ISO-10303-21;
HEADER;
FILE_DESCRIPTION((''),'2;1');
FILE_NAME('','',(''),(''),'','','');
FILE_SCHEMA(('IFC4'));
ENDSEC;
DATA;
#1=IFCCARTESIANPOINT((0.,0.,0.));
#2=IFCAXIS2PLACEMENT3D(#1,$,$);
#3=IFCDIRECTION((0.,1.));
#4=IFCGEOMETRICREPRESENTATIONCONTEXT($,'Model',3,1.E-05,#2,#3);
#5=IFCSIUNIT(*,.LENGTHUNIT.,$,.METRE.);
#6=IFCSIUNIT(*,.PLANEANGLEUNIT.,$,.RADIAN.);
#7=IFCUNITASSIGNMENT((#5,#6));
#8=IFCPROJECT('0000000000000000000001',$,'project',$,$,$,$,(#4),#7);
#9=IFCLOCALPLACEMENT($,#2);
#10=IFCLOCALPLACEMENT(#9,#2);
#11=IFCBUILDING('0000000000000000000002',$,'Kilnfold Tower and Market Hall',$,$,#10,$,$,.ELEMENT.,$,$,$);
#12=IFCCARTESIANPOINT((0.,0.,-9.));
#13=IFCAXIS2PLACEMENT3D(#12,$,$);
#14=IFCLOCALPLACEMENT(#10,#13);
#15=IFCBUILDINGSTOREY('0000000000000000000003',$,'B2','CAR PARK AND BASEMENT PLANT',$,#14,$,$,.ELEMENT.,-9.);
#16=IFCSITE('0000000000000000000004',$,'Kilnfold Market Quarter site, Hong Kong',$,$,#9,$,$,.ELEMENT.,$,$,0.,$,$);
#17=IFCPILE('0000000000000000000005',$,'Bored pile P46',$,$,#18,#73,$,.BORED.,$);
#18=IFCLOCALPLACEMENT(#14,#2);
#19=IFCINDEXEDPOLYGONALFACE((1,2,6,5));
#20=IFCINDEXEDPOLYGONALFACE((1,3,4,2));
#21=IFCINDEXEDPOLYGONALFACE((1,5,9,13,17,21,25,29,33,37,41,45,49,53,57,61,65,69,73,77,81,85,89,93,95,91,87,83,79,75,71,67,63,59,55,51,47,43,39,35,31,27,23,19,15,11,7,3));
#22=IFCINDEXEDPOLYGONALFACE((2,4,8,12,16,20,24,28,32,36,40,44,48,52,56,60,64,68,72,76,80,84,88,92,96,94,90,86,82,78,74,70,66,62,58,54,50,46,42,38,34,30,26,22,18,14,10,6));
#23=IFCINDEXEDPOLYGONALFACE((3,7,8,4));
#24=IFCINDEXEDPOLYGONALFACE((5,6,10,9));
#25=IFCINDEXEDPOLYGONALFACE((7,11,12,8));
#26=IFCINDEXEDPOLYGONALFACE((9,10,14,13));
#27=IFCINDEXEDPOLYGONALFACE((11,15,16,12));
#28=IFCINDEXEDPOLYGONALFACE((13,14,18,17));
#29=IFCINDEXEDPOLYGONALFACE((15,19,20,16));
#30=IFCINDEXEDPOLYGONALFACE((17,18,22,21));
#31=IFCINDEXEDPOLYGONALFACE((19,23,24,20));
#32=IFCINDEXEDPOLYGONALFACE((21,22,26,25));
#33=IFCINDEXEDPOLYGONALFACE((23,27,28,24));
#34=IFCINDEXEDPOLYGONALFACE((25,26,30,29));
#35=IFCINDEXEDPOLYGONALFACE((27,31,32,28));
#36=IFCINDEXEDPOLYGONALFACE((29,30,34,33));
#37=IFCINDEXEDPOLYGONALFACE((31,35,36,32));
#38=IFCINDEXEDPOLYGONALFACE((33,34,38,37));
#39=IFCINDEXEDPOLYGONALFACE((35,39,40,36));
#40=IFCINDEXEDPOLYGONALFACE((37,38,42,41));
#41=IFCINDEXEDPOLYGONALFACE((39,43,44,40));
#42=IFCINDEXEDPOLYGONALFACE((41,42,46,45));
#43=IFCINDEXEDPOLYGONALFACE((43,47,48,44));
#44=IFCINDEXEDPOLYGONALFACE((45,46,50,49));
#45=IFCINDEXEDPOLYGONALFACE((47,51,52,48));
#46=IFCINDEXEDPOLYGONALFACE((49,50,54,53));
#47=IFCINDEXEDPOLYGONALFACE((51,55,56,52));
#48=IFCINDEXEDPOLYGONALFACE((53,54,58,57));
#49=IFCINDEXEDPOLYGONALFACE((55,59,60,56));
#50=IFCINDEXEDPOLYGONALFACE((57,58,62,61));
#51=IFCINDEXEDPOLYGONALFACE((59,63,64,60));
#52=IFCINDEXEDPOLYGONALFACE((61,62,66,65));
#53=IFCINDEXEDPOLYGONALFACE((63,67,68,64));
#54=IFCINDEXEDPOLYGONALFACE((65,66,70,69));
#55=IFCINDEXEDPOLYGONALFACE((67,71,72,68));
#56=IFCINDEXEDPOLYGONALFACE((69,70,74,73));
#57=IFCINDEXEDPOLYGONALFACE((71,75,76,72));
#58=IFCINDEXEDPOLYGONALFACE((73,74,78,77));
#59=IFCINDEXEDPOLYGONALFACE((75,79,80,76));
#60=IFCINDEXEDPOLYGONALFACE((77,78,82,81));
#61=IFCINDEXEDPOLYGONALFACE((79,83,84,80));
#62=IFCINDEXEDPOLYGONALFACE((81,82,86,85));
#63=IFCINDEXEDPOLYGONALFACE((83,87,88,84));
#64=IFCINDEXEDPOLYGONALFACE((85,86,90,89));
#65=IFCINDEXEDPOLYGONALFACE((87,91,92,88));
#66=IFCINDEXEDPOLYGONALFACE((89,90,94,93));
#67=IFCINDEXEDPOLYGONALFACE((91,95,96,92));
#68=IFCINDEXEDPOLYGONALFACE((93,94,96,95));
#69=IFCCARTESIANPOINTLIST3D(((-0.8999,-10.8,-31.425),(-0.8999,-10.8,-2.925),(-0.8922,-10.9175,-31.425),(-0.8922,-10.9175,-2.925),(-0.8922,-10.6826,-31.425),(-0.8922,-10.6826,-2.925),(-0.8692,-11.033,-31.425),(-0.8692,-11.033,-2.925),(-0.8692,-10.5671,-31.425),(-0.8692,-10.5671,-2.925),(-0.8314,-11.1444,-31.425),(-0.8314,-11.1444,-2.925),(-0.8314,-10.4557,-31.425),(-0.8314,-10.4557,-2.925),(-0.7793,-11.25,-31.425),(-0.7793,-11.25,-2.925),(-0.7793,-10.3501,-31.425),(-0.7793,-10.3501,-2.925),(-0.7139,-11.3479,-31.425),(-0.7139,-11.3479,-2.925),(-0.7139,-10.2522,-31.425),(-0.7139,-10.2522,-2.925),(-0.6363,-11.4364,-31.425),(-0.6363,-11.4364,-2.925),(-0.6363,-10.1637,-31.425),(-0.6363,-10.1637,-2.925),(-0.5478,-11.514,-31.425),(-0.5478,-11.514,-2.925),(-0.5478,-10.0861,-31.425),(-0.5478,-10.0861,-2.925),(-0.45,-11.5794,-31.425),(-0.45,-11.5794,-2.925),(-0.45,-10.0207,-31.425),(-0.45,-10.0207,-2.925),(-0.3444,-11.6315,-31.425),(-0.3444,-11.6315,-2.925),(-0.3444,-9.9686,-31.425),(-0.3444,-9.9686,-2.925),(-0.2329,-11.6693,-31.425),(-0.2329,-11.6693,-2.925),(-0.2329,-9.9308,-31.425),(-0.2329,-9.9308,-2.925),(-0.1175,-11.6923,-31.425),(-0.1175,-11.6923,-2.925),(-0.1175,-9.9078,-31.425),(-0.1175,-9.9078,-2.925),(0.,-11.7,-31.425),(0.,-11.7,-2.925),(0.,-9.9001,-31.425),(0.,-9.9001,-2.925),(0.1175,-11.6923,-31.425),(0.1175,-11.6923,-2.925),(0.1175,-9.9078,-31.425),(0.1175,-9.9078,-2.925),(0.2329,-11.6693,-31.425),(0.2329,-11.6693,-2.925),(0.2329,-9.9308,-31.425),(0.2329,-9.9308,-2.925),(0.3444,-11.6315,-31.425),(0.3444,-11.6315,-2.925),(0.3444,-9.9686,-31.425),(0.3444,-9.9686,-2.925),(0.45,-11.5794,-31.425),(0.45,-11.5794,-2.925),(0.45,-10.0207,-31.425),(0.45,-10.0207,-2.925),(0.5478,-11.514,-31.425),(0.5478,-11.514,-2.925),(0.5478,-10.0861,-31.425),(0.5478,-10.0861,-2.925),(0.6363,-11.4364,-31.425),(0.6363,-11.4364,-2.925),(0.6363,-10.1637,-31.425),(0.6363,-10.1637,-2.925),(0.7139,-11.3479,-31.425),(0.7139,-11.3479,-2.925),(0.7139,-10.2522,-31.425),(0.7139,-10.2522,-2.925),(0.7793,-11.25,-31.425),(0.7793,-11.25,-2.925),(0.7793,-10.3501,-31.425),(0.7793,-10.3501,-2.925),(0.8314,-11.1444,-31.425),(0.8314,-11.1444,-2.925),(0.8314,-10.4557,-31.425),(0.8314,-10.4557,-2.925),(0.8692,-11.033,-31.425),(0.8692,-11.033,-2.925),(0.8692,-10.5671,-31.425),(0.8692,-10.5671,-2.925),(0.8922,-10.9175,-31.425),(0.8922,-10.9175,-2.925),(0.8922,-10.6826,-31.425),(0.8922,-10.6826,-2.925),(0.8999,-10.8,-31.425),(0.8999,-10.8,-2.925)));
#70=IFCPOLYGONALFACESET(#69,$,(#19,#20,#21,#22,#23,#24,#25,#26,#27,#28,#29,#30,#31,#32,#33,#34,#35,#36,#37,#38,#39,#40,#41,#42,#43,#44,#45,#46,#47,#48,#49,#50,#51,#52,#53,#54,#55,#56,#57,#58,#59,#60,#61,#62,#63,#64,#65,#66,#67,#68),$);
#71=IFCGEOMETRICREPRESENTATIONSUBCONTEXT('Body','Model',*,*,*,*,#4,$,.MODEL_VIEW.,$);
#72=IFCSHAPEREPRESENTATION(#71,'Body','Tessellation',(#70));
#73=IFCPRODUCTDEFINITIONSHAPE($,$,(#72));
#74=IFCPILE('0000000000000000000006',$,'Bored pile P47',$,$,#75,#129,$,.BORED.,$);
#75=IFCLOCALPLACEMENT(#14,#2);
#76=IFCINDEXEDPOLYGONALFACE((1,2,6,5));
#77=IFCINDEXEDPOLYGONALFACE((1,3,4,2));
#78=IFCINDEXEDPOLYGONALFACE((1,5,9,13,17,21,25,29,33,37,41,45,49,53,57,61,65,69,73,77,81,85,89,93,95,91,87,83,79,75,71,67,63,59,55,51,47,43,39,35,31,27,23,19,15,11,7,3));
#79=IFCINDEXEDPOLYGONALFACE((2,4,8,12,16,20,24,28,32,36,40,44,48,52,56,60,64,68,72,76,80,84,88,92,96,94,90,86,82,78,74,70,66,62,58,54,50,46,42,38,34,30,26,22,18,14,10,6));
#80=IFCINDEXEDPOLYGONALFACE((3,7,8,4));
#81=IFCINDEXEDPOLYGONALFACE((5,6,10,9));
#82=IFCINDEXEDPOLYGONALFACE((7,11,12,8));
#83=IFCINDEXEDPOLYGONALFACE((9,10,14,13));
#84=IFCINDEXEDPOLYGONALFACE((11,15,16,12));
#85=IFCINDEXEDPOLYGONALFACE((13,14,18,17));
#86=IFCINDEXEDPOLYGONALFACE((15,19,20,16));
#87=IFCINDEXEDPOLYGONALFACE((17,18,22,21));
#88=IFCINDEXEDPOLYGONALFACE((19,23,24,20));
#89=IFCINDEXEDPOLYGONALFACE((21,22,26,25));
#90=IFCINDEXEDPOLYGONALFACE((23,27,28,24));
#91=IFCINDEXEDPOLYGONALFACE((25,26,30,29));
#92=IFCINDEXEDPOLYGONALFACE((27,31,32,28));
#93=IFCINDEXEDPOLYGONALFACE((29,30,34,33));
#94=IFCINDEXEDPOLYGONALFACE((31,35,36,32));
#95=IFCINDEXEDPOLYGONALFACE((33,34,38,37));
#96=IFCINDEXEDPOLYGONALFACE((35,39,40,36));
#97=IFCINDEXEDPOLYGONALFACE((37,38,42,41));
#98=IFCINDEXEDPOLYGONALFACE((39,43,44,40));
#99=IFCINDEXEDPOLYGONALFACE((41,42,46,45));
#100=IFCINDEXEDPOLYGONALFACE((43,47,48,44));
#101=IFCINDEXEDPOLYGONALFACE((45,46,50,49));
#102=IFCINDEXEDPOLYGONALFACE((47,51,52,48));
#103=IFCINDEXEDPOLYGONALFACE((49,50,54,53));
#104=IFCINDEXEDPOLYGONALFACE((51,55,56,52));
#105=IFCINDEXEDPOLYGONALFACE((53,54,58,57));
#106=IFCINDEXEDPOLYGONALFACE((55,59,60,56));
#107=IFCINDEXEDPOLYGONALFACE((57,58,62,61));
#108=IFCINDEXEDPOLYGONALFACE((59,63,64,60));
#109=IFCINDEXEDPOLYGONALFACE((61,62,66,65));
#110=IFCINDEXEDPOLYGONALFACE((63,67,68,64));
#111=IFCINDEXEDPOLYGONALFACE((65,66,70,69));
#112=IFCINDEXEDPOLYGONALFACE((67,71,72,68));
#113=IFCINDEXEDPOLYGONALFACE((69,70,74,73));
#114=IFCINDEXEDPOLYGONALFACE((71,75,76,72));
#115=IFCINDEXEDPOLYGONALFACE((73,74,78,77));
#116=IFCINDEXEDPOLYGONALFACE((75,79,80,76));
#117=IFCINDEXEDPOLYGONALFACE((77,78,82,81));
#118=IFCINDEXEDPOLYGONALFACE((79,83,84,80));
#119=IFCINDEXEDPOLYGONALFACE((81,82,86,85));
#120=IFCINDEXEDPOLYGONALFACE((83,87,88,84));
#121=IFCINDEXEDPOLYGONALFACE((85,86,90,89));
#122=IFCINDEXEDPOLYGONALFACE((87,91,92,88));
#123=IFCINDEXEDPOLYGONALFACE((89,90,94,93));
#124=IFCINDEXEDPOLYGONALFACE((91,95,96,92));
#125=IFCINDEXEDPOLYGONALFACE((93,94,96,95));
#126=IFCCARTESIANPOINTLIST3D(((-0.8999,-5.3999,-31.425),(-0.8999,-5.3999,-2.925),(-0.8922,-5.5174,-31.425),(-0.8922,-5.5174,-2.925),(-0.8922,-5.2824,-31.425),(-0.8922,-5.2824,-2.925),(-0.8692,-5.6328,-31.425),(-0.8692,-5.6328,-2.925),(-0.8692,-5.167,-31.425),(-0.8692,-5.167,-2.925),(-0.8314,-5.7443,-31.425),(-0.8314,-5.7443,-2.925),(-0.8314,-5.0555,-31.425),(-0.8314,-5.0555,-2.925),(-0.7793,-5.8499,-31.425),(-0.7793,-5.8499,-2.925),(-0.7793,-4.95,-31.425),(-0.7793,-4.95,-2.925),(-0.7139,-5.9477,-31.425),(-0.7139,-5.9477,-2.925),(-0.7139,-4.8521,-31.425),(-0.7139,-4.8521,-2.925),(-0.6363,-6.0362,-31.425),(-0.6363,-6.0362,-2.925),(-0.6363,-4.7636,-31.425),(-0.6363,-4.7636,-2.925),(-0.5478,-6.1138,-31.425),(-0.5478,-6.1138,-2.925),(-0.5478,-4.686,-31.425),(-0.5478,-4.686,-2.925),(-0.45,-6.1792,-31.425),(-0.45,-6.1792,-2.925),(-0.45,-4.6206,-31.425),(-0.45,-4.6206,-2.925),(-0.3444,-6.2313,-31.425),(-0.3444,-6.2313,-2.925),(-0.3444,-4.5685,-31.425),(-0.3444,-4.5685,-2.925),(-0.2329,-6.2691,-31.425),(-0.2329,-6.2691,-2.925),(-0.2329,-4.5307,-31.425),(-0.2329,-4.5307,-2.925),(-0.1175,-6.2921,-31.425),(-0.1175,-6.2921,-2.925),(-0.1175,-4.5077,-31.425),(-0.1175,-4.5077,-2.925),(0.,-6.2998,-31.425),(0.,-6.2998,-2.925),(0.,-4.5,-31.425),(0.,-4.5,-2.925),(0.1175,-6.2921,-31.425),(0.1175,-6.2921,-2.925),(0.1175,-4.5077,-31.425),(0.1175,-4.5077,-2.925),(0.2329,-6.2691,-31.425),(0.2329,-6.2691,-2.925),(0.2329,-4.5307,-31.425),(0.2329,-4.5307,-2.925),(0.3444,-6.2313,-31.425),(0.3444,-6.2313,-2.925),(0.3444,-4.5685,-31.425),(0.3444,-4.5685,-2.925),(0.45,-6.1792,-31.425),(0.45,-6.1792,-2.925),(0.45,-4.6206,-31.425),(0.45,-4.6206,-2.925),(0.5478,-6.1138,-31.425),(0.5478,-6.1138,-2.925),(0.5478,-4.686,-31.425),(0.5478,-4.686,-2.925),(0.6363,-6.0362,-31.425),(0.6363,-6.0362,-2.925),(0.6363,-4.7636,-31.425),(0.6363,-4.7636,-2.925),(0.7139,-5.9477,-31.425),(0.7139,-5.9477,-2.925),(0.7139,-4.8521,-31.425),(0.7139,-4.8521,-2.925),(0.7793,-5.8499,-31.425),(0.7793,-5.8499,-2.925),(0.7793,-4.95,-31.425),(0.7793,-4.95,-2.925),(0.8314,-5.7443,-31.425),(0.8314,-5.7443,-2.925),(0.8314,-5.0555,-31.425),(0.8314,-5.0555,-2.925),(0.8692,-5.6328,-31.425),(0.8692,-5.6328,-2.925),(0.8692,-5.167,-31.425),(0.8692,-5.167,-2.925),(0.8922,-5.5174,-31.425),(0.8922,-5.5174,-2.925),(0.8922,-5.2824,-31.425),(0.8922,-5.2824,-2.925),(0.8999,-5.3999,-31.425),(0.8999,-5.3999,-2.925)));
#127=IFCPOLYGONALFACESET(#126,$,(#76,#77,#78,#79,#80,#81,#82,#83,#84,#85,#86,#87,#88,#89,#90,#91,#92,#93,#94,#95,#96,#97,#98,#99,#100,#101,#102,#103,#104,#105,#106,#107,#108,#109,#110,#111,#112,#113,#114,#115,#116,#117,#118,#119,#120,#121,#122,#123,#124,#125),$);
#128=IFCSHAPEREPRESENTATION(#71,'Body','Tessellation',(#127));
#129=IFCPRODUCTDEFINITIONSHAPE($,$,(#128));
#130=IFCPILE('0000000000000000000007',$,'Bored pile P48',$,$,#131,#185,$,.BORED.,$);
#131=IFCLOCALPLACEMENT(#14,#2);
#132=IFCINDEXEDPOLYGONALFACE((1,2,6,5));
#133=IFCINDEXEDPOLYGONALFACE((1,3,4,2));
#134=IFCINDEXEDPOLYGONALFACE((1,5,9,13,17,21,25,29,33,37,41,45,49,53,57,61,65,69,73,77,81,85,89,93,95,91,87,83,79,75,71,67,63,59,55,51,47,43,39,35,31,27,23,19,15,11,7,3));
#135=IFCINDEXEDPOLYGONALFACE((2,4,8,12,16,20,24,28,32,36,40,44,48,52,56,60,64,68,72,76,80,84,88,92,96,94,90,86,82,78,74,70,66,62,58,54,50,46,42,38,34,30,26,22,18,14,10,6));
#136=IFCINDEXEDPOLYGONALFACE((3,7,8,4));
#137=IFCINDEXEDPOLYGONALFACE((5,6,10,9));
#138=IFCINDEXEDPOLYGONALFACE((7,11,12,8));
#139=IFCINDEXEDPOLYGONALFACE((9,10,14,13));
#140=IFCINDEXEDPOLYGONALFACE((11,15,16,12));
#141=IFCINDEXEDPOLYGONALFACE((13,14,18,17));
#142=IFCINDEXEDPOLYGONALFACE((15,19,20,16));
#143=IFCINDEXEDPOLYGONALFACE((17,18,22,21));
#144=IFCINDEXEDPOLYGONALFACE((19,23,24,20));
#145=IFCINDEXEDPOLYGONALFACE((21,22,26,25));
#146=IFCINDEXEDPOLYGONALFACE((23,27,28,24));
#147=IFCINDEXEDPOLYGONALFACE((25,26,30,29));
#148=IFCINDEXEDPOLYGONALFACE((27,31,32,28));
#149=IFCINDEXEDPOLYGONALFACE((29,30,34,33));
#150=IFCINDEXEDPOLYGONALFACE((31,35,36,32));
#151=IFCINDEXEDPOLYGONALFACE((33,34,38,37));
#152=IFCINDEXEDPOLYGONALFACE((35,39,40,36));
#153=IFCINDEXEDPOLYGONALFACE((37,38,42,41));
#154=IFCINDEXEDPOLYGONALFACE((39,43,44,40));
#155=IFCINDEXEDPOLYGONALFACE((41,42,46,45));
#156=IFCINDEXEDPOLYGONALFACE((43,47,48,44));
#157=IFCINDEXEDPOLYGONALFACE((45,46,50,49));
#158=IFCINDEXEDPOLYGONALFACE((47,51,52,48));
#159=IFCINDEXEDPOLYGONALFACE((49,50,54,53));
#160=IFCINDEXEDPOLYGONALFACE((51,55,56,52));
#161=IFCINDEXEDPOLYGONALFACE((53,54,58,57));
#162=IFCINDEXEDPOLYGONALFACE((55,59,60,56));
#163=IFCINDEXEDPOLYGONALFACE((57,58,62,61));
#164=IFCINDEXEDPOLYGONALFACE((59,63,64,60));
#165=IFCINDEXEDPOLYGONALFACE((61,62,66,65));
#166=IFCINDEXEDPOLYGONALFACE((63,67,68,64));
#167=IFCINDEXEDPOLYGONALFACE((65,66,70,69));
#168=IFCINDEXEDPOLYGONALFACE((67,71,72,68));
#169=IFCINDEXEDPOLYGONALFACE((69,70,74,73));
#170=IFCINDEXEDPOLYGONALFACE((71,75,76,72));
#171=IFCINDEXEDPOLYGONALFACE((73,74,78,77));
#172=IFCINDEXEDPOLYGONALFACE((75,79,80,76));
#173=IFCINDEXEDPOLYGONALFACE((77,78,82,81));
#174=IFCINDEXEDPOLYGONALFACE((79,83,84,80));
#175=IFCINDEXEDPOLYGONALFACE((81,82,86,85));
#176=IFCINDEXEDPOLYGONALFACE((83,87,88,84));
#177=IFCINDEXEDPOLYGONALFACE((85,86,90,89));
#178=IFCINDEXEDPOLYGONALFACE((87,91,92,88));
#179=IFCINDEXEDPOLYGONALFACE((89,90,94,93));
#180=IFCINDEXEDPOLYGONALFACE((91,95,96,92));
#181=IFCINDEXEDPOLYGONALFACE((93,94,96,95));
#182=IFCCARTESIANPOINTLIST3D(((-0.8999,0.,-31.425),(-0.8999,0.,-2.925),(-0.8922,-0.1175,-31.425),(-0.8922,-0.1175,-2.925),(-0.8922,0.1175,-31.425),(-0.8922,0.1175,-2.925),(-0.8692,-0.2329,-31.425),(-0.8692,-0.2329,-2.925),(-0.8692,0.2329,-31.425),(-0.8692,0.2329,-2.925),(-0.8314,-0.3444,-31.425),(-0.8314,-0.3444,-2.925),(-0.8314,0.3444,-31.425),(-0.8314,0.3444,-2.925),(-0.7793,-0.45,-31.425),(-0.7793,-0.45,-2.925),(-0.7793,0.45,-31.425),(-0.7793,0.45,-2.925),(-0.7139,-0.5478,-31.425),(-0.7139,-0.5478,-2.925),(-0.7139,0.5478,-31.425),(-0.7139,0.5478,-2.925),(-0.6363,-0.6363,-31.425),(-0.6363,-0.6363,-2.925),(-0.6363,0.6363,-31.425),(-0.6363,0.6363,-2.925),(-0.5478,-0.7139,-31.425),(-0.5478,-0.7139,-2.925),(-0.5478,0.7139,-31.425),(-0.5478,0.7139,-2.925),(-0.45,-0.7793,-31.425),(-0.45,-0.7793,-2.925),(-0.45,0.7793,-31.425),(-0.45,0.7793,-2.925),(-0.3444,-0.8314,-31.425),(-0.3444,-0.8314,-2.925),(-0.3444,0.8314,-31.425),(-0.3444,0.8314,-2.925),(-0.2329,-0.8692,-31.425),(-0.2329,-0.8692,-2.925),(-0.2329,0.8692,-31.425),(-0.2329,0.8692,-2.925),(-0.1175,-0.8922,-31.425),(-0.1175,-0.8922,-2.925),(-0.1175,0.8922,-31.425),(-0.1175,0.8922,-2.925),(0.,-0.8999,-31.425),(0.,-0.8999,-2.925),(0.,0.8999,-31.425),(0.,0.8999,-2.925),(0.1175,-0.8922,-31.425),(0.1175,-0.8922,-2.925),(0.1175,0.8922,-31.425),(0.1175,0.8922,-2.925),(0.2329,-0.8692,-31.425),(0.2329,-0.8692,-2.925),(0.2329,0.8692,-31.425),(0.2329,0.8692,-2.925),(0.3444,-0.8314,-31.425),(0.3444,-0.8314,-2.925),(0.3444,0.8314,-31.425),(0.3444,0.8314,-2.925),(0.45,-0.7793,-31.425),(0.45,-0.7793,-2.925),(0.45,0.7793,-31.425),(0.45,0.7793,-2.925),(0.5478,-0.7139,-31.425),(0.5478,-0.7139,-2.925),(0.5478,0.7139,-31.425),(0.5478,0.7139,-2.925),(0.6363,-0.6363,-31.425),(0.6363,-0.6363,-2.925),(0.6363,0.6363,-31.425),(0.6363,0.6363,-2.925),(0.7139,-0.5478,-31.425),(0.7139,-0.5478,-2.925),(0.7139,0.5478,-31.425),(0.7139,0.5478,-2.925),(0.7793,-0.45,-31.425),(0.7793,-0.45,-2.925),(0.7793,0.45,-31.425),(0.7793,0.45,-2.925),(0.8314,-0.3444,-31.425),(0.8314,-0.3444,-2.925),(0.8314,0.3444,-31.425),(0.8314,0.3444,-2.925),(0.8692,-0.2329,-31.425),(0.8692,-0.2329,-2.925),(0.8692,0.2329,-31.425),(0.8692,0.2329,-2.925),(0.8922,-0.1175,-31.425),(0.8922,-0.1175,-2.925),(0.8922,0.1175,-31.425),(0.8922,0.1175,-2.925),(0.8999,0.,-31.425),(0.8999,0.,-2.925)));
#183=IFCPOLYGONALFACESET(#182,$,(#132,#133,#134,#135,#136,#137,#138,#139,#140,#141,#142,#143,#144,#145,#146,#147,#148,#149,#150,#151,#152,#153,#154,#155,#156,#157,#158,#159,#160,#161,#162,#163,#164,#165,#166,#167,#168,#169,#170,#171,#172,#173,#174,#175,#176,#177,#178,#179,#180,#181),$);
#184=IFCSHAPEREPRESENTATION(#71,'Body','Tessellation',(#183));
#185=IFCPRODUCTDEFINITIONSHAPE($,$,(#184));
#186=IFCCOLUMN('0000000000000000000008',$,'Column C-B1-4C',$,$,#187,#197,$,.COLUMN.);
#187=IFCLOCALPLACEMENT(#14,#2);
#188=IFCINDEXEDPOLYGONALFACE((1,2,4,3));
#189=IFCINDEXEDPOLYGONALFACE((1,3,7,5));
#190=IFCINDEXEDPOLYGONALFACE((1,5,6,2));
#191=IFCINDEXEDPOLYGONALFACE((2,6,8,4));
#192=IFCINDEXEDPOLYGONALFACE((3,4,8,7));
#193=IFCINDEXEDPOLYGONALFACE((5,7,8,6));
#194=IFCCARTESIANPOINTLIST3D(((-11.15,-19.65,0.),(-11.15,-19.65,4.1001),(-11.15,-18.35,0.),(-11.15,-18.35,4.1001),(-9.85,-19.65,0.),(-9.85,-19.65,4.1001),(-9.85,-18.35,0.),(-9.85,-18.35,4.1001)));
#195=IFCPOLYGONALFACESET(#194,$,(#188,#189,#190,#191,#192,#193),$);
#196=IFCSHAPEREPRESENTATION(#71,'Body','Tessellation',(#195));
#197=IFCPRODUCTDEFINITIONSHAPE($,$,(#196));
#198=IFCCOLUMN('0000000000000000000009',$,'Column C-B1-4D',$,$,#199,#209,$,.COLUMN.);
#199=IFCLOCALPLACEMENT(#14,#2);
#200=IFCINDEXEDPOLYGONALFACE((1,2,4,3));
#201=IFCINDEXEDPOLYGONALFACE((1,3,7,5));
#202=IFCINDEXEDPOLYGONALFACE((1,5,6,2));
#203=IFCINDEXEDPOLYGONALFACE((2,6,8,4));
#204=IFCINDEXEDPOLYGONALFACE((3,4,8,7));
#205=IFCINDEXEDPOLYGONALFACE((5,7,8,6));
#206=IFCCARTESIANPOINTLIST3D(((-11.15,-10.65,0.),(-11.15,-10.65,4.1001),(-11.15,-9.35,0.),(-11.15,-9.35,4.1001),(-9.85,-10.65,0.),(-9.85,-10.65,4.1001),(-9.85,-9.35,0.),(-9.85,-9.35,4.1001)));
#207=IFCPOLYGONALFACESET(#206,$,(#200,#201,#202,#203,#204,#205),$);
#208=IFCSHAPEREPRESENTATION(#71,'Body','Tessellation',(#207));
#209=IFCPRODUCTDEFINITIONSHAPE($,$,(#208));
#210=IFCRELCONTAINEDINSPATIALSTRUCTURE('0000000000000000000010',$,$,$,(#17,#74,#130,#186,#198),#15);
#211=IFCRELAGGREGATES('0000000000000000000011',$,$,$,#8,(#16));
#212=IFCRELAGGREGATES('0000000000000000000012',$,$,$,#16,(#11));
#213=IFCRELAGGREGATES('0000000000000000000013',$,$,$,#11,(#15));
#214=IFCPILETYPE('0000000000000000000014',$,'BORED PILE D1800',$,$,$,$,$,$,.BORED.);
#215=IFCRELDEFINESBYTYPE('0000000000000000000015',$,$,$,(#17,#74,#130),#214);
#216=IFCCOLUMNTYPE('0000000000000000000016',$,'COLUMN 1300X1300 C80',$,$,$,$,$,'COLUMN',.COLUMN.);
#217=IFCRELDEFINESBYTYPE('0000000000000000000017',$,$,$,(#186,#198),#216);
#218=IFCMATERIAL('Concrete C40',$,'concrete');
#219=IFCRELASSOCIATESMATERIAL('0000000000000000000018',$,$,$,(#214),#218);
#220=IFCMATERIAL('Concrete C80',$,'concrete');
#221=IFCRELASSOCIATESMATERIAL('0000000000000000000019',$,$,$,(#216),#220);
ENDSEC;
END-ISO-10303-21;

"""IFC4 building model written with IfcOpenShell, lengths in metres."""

from ifc_helpers import new_model, si_unit, direction, frame, origin, origin_2d, place, context, subcontext, project, spatial, rectangle, circle, extrude, source, transform, mapped, material, material_profile, profile_set, type_object, element, save


model = new_model("IFC4")

# Units and contexts
model_context = context("Model", 3, precision=1e-05, world=origin(), true_north=direction((0.0, 1.0)))
body_context = subcontext(model_context, "Body", "Model", "MODEL_VIEW")
ifc_project = project(units=[si_unit("LENGTHUNIT", "METRE"), si_unit("PLANEANGLEUNIT", "RADIAN")], contexts=[model_context])

# Site, building, storey
site_placement = place(None, origin())
site = spatial("IfcSite", under=ifc_project, at=site_placement, Name="Kilnfold Market Quarter site, Hong Kong", CompositionType="ELEMENT", RefElevation=0.0)
building_placement = place(site_placement, origin())
building = spatial("IfcBuilding", under=site, at=building_placement, Name="Kilnfold Tower and Market Hall", CompositionType="ELEMENT")
storey_placement = place(building_placement, frame((0.0, 0.0, -9.0)))
storey = spatial("IfcBuildingStorey", under=building, at=storey_placement, Name="B2", Description="CAR PARK AND BASEMENT PLANT", CompositionType="ELEMENT", Elevation=-9.0)

# Piles
ifc_material_1 = material(Name="Concrete C40", Category="concrete")
ifc_material_profile_1 = material_profile(ifc_material_1, circle(Radius=0.8999, at=origin_2d()), Name="RC D1800")
ifc_profile_set_1 = profile_set([ifc_material_profile_1], Name="Concrete C40")
pile_type = type_object("IfcPileType", Name="BORED PILE D1800", PredefinedType="BORED", material=ifc_profile_set_1)
shared_shape_1 = source(origin(), body_context, "Body", "SweptSolid", [
    extrude(circle(Radius=0.8999, at=origin_2d()), origin(), (0.0, 0.0, 1.0), 28.5),
])
for number, where, z_axis, x_axis, name in (
    (1, (0.0, -10.8, -2.925), (0.0, 0.0, -1.0), (1.0, 0.0, 0.0), "Bored pile P46"),
    (2, (0.0, -5.3999, -2.925), (0.0, 0.0, -1.0), (1.0, 0.0, 0.0), "Bored pile P47"),
    (3, (0.0, 0.0, -2.925), (0.0, 0.0, -1.0), (1.0, 0.0, 0.0), "Bored pile P48"),
):
    element("IfcPile", number, at=place(storey_placement, frame(where, z_axis=z_axis, x_axis=x_axis)), inside=storey, type_object=pile_type, Name=name, PredefinedType="BORED", context=body_context, shape_type="MappedRepresentation", body=[
        mapped(shared_shape_1, transform((0.0, 0.0, 0.0))),
    ])

# Columns
ifc_material_2 = material(Name="Concrete C80", Category="concrete")
ifc_material_profile_2 = material_profile(ifc_material_2, rectangle(XDim=1.3, YDim=1.3, at=origin_2d()), Name="RC 1300x1300")
ifc_profile_set_2 = profile_set([ifc_material_profile_2], Name="Concrete C80")
column_type = type_object("IfcColumnType", Name="COLUMN 1300X1300 C80", ElementType="COLUMN", PredefinedType="COLUMN", material=ifc_profile_set_2)
shared_shape_2 = source(origin(), body_context, "Body", "SweptSolid", [
    extrude(rectangle(XDim=1.3, YDim=1.3, at=origin_2d()), origin(), (0.0, 0.0, 1.0), 4.1001),
])
for number, where, z_axis, x_axis, name in (
    (4, (-10.5, -19.0, 0.0), (0.0, 0.0, 1.0), (1.0, 0.0, 0.0), "Column C-B1-4C"),
    (5, (-10.5, -10.0, 0.0), (0.0, 0.0, 1.0), (1.0, 0.0, 0.0), "Column C-B1-4D"),
):
    element("IfcColumn", number, at=place(storey_placement, frame(where, z_axis=z_axis, x_axis=x_axis)), inside=storey, type_object=column_type, Name=name, PredefinedType="COLUMN", context=body_context, shape_type="MappedRepresentation", body=[
        mapped(shared_shape_2, transform((0.0, 0.0, 0.0))),
    ])

save(model, "model.ifc")
